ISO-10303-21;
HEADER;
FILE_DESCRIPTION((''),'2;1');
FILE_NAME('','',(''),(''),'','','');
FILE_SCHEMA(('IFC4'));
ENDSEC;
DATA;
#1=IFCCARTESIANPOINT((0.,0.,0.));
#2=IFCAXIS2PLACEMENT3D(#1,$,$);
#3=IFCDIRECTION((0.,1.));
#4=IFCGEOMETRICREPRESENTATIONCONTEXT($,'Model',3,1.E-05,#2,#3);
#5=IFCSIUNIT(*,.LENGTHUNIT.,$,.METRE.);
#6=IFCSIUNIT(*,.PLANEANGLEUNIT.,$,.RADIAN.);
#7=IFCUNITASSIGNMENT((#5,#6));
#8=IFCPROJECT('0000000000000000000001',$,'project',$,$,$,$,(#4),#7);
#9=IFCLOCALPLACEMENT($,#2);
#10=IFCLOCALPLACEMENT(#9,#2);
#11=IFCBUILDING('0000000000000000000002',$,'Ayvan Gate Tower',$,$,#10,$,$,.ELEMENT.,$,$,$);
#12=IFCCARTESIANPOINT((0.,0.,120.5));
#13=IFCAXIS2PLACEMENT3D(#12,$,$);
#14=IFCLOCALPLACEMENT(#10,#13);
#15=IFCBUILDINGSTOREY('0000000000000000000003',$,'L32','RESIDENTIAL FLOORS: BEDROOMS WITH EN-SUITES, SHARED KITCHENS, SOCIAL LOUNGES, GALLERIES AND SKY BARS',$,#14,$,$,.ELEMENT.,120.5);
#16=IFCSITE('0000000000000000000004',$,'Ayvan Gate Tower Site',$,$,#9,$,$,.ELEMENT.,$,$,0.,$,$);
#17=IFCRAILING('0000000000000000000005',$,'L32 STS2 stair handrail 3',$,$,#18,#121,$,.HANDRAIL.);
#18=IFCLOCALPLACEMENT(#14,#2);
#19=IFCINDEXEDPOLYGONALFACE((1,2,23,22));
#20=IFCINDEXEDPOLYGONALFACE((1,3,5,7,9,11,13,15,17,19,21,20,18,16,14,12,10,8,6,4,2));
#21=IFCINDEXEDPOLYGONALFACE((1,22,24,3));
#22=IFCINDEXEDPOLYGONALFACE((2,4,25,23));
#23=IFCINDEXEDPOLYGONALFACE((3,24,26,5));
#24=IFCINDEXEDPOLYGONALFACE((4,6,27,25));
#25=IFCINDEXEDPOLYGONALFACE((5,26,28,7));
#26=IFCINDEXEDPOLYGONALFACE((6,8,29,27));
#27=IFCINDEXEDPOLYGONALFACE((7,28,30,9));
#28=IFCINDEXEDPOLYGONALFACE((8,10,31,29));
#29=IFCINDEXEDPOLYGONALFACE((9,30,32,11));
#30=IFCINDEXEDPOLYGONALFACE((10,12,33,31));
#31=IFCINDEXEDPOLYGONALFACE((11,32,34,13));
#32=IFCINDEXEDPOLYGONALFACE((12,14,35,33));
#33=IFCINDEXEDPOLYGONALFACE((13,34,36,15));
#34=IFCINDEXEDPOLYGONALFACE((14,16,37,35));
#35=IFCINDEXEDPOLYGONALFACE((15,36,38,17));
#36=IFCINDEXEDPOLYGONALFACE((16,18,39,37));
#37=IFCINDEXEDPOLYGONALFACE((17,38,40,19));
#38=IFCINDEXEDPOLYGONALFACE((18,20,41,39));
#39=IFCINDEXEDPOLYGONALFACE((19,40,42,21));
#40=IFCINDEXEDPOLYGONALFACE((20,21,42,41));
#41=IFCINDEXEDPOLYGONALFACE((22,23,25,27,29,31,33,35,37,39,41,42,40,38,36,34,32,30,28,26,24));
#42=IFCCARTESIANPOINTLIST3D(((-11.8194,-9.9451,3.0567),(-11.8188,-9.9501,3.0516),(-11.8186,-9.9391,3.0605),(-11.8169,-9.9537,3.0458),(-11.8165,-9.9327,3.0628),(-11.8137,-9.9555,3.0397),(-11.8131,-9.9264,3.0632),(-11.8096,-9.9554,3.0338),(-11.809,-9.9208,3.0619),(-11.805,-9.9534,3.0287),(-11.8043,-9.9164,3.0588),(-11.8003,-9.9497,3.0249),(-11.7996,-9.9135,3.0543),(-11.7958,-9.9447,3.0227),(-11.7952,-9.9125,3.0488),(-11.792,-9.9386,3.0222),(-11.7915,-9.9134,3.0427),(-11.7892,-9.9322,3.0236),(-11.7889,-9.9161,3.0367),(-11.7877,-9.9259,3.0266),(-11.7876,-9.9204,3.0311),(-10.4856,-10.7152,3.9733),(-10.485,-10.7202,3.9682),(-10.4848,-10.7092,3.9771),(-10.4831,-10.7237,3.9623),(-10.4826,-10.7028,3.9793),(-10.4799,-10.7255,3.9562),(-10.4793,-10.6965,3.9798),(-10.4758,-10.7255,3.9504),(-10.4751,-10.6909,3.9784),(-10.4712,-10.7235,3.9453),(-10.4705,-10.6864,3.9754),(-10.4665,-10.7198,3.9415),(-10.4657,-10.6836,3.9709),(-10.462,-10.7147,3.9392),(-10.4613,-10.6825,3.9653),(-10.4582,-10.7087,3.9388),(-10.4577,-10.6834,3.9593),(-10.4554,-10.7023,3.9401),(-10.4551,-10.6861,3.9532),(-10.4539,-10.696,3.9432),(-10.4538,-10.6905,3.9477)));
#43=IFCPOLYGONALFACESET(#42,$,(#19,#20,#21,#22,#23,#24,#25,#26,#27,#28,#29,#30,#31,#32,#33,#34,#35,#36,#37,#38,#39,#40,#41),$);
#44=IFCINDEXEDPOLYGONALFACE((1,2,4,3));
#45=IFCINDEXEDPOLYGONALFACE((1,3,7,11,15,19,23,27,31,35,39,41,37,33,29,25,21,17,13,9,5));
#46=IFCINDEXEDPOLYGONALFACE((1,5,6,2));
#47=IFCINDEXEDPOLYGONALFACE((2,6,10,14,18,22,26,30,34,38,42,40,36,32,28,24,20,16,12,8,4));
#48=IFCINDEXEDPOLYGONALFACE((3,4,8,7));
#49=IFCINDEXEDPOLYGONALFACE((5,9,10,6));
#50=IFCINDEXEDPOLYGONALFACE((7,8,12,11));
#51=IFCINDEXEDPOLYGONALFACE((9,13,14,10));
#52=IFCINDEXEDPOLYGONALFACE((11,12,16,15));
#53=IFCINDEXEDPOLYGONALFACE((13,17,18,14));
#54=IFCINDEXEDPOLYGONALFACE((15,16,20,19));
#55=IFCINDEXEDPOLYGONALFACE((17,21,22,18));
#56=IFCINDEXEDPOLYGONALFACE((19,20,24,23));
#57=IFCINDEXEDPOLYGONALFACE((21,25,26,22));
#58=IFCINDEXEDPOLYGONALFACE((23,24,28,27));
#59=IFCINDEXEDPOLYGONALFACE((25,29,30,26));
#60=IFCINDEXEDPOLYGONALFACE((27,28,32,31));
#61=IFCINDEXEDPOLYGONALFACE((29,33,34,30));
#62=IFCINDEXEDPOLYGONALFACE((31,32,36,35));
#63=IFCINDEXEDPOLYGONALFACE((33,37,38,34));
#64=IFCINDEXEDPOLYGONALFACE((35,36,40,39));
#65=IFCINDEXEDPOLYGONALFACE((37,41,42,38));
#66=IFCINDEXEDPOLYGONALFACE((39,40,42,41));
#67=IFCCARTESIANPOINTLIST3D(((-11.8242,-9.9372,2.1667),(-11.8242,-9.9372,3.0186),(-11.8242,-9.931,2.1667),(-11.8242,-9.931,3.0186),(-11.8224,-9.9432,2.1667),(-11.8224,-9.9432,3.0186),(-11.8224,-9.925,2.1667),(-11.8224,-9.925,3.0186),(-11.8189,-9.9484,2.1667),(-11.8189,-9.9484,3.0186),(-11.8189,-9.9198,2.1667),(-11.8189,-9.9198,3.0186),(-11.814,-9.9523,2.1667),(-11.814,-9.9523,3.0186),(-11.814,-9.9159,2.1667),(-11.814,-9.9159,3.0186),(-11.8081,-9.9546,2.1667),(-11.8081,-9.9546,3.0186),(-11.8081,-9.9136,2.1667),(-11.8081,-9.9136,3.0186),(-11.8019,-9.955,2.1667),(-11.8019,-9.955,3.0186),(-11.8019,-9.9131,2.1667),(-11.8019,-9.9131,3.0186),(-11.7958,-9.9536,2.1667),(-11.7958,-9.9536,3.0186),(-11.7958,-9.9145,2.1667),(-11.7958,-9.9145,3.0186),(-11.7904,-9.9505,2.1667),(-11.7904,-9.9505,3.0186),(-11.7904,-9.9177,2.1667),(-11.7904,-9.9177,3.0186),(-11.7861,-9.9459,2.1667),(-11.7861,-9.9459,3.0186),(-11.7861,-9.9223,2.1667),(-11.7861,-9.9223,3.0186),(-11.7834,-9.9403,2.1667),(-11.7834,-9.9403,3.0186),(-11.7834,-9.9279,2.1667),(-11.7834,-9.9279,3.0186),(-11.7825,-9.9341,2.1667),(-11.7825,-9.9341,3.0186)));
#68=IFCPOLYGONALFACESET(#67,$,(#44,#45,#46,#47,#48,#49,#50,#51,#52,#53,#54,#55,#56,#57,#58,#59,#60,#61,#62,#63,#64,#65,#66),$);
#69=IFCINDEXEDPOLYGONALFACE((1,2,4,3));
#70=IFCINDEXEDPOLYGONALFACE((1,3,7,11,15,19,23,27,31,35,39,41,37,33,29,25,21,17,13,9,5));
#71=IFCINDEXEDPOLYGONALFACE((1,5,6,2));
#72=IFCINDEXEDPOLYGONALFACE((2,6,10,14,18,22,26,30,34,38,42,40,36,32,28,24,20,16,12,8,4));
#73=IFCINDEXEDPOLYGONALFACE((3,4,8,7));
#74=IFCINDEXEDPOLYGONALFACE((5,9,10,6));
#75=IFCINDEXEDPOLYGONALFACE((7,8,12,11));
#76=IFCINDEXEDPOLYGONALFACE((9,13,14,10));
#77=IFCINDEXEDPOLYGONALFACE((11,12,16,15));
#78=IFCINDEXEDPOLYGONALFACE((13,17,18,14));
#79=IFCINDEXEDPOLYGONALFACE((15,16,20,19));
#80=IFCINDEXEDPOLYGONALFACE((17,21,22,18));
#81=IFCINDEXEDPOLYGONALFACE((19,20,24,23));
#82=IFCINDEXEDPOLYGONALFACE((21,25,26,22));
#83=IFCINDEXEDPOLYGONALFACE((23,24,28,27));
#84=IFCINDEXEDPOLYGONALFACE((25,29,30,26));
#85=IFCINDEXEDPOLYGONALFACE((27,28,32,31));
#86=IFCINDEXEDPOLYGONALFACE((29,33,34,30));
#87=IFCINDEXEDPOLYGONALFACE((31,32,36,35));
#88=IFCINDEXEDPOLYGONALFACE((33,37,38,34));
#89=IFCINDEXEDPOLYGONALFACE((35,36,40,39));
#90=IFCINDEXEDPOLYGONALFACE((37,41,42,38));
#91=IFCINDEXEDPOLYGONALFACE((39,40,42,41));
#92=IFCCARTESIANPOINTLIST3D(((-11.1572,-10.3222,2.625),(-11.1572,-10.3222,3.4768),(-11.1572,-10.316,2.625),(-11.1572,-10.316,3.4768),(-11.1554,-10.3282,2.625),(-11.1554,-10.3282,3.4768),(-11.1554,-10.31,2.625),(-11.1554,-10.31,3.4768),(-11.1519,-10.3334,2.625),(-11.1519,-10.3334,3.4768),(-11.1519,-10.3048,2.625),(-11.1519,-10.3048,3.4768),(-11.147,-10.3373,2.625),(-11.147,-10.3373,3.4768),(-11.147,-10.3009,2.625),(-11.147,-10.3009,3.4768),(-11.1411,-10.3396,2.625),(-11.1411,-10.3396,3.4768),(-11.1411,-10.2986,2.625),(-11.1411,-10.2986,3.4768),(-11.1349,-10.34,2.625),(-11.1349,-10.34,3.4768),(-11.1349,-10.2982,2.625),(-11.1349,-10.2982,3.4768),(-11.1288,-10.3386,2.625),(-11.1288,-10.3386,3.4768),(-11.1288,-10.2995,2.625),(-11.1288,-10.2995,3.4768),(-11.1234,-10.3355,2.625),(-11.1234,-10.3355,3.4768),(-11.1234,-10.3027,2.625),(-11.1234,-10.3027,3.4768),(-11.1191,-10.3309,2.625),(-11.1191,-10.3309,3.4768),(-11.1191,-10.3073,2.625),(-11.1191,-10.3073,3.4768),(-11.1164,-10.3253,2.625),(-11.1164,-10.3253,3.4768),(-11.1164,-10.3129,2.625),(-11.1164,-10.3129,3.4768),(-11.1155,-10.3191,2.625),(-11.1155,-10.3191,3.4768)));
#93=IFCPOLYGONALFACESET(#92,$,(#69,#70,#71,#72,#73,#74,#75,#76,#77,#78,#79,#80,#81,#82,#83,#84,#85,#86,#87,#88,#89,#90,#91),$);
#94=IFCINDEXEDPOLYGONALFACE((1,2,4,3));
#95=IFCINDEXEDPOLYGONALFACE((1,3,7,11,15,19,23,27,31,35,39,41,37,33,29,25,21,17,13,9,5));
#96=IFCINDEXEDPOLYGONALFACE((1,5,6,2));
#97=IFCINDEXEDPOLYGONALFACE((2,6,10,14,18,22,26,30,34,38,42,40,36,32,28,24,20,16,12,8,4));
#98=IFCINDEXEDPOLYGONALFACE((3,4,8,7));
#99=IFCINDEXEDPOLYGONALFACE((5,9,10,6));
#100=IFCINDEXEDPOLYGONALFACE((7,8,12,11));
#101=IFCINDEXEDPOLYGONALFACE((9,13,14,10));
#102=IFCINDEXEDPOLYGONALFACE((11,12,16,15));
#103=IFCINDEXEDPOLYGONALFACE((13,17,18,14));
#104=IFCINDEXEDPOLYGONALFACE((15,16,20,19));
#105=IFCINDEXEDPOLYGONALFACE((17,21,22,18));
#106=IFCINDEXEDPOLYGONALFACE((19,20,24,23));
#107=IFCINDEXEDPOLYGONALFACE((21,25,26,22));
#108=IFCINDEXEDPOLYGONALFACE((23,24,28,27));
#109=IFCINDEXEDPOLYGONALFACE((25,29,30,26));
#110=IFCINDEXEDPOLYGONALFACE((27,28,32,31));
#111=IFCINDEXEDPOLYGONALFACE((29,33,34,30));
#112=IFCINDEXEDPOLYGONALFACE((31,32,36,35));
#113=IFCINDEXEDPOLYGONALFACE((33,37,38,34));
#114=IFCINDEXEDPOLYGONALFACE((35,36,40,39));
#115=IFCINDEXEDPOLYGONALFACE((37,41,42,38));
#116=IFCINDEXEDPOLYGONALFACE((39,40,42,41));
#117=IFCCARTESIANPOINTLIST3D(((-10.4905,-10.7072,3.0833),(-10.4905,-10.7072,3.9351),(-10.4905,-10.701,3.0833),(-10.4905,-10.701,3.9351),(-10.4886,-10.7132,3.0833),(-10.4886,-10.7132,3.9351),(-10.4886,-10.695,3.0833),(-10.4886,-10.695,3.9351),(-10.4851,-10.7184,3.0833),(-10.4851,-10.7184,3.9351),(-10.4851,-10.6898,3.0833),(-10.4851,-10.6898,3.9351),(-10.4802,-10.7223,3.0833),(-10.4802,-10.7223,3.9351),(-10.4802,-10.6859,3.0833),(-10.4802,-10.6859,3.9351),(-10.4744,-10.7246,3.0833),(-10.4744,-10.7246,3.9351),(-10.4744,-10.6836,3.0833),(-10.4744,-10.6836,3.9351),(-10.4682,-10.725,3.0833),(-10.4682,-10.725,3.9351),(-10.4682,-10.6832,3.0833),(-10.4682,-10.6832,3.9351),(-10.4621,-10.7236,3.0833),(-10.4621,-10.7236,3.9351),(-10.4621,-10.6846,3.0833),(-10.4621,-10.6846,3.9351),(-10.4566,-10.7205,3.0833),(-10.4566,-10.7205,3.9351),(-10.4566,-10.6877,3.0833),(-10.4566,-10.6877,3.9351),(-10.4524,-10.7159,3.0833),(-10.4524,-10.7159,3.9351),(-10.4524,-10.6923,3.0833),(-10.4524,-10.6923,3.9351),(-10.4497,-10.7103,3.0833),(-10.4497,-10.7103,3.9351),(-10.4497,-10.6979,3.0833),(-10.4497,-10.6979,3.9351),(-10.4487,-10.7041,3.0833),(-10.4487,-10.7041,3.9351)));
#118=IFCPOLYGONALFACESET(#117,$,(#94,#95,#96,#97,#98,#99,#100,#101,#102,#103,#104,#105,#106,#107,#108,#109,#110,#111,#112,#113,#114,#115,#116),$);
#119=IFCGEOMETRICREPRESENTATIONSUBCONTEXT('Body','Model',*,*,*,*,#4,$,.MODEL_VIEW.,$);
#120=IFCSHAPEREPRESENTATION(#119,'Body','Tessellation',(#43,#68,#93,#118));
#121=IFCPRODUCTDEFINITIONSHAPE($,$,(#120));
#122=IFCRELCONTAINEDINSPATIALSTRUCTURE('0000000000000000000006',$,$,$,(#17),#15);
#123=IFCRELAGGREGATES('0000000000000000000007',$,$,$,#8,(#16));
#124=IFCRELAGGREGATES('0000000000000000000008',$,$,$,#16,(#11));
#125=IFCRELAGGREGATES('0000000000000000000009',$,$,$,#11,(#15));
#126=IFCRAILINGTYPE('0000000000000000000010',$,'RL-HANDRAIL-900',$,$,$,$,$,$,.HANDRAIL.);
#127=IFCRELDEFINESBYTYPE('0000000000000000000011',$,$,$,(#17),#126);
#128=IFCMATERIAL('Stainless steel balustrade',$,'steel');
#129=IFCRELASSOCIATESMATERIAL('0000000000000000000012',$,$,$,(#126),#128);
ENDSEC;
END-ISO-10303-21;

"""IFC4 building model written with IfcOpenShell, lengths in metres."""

from ifc_helpers import new_model, si_unit, direction, frame, origin, origin_2d, place, context, subcontext, project, spatial, circle, extrude, material, type_object, element, save


model = new_model("IFC4")

# Units and contexts
model_context = context("Model", 3, precision=1e-05, world=origin(), true_north=direction((0.0, 1.0)))
body_context = subcontext(model_context, "Body", "Model", "MODEL_VIEW")
ifc_project = project(units=[si_unit("LENGTHUNIT", "METRE"), si_unit("PLANEANGLEUNIT", "RADIAN")], contexts=[model_context])

# Site, building, storey
site_placement = place(None, origin())
site = spatial("IfcSite", under=ifc_project, at=site_placement, Name="Ayvan Gate Tower Site", CompositionType="ELEMENT", RefElevation=0.0)
building_placement = place(site_placement, origin())
building = spatial("IfcBuilding", under=site, at=building_placement, Name="Ayvan Gate Tower", CompositionType="ELEMENT")
storey_placement = place(building_placement, frame((0.0, 0.0, 120.5)))
storey = spatial("IfcBuildingStorey", under=building, at=storey_placement, Name="L32", Description="RESIDENTIAL FLOORS: BEDROOMS WITH EN-SUITES, SHARED KITCHENS, SOCIAL LOUNGES, GALLERIES AND SKY BARS", CompositionType="ELEMENT", Elevation=120.5)

# Railing
ifc_material_1 = material(Name="Stainless steel balustrade", Category="steel")
railing_type_1 = type_object("IfcRailingType", Name="RL-HANDRAIL-900", PredefinedType="HANDRAIL", material=ifc_material_1)
railing_1_placement = place(storey_placement, frame((-11.8035, -9.9341, 2.1667)))
element("IfcRailing", 1, at=railing_1_placement, inside=storey, type_object=railing_type_1, Name="L32 STS2 stair handrail 3", PredefinedType="HANDRAIL", context=body_context, shape_type="SweptSolid", body=[
    extrude(circle(Radius=0.0239, at=origin_2d()), frame((0.0, 0.0, 0.876), z_axis=(0.744216, -0.429664, 0.511401), x_axis=(0.499992, 0.86603, 0.0)), (0.0, 0.0, 1.0), 1.7922),
    extrude(circle(Radius=0.021, at=origin_2d()), origin(), (0.0, 0.0, 1.0), 0.8518),
    extrude(circle(Radius=0.021, at=origin_2d()), frame((0.667, -0.385, 0.4583)), (0.0, 0.0, 1.0), 0.8518),
    extrude(circle(Radius=0.021, at=origin_2d()), frame((1.3337, -0.77, 0.9165)), (0.0, 0.0, 1.0), 0.8518),
])

save(model, "model.ifc")
